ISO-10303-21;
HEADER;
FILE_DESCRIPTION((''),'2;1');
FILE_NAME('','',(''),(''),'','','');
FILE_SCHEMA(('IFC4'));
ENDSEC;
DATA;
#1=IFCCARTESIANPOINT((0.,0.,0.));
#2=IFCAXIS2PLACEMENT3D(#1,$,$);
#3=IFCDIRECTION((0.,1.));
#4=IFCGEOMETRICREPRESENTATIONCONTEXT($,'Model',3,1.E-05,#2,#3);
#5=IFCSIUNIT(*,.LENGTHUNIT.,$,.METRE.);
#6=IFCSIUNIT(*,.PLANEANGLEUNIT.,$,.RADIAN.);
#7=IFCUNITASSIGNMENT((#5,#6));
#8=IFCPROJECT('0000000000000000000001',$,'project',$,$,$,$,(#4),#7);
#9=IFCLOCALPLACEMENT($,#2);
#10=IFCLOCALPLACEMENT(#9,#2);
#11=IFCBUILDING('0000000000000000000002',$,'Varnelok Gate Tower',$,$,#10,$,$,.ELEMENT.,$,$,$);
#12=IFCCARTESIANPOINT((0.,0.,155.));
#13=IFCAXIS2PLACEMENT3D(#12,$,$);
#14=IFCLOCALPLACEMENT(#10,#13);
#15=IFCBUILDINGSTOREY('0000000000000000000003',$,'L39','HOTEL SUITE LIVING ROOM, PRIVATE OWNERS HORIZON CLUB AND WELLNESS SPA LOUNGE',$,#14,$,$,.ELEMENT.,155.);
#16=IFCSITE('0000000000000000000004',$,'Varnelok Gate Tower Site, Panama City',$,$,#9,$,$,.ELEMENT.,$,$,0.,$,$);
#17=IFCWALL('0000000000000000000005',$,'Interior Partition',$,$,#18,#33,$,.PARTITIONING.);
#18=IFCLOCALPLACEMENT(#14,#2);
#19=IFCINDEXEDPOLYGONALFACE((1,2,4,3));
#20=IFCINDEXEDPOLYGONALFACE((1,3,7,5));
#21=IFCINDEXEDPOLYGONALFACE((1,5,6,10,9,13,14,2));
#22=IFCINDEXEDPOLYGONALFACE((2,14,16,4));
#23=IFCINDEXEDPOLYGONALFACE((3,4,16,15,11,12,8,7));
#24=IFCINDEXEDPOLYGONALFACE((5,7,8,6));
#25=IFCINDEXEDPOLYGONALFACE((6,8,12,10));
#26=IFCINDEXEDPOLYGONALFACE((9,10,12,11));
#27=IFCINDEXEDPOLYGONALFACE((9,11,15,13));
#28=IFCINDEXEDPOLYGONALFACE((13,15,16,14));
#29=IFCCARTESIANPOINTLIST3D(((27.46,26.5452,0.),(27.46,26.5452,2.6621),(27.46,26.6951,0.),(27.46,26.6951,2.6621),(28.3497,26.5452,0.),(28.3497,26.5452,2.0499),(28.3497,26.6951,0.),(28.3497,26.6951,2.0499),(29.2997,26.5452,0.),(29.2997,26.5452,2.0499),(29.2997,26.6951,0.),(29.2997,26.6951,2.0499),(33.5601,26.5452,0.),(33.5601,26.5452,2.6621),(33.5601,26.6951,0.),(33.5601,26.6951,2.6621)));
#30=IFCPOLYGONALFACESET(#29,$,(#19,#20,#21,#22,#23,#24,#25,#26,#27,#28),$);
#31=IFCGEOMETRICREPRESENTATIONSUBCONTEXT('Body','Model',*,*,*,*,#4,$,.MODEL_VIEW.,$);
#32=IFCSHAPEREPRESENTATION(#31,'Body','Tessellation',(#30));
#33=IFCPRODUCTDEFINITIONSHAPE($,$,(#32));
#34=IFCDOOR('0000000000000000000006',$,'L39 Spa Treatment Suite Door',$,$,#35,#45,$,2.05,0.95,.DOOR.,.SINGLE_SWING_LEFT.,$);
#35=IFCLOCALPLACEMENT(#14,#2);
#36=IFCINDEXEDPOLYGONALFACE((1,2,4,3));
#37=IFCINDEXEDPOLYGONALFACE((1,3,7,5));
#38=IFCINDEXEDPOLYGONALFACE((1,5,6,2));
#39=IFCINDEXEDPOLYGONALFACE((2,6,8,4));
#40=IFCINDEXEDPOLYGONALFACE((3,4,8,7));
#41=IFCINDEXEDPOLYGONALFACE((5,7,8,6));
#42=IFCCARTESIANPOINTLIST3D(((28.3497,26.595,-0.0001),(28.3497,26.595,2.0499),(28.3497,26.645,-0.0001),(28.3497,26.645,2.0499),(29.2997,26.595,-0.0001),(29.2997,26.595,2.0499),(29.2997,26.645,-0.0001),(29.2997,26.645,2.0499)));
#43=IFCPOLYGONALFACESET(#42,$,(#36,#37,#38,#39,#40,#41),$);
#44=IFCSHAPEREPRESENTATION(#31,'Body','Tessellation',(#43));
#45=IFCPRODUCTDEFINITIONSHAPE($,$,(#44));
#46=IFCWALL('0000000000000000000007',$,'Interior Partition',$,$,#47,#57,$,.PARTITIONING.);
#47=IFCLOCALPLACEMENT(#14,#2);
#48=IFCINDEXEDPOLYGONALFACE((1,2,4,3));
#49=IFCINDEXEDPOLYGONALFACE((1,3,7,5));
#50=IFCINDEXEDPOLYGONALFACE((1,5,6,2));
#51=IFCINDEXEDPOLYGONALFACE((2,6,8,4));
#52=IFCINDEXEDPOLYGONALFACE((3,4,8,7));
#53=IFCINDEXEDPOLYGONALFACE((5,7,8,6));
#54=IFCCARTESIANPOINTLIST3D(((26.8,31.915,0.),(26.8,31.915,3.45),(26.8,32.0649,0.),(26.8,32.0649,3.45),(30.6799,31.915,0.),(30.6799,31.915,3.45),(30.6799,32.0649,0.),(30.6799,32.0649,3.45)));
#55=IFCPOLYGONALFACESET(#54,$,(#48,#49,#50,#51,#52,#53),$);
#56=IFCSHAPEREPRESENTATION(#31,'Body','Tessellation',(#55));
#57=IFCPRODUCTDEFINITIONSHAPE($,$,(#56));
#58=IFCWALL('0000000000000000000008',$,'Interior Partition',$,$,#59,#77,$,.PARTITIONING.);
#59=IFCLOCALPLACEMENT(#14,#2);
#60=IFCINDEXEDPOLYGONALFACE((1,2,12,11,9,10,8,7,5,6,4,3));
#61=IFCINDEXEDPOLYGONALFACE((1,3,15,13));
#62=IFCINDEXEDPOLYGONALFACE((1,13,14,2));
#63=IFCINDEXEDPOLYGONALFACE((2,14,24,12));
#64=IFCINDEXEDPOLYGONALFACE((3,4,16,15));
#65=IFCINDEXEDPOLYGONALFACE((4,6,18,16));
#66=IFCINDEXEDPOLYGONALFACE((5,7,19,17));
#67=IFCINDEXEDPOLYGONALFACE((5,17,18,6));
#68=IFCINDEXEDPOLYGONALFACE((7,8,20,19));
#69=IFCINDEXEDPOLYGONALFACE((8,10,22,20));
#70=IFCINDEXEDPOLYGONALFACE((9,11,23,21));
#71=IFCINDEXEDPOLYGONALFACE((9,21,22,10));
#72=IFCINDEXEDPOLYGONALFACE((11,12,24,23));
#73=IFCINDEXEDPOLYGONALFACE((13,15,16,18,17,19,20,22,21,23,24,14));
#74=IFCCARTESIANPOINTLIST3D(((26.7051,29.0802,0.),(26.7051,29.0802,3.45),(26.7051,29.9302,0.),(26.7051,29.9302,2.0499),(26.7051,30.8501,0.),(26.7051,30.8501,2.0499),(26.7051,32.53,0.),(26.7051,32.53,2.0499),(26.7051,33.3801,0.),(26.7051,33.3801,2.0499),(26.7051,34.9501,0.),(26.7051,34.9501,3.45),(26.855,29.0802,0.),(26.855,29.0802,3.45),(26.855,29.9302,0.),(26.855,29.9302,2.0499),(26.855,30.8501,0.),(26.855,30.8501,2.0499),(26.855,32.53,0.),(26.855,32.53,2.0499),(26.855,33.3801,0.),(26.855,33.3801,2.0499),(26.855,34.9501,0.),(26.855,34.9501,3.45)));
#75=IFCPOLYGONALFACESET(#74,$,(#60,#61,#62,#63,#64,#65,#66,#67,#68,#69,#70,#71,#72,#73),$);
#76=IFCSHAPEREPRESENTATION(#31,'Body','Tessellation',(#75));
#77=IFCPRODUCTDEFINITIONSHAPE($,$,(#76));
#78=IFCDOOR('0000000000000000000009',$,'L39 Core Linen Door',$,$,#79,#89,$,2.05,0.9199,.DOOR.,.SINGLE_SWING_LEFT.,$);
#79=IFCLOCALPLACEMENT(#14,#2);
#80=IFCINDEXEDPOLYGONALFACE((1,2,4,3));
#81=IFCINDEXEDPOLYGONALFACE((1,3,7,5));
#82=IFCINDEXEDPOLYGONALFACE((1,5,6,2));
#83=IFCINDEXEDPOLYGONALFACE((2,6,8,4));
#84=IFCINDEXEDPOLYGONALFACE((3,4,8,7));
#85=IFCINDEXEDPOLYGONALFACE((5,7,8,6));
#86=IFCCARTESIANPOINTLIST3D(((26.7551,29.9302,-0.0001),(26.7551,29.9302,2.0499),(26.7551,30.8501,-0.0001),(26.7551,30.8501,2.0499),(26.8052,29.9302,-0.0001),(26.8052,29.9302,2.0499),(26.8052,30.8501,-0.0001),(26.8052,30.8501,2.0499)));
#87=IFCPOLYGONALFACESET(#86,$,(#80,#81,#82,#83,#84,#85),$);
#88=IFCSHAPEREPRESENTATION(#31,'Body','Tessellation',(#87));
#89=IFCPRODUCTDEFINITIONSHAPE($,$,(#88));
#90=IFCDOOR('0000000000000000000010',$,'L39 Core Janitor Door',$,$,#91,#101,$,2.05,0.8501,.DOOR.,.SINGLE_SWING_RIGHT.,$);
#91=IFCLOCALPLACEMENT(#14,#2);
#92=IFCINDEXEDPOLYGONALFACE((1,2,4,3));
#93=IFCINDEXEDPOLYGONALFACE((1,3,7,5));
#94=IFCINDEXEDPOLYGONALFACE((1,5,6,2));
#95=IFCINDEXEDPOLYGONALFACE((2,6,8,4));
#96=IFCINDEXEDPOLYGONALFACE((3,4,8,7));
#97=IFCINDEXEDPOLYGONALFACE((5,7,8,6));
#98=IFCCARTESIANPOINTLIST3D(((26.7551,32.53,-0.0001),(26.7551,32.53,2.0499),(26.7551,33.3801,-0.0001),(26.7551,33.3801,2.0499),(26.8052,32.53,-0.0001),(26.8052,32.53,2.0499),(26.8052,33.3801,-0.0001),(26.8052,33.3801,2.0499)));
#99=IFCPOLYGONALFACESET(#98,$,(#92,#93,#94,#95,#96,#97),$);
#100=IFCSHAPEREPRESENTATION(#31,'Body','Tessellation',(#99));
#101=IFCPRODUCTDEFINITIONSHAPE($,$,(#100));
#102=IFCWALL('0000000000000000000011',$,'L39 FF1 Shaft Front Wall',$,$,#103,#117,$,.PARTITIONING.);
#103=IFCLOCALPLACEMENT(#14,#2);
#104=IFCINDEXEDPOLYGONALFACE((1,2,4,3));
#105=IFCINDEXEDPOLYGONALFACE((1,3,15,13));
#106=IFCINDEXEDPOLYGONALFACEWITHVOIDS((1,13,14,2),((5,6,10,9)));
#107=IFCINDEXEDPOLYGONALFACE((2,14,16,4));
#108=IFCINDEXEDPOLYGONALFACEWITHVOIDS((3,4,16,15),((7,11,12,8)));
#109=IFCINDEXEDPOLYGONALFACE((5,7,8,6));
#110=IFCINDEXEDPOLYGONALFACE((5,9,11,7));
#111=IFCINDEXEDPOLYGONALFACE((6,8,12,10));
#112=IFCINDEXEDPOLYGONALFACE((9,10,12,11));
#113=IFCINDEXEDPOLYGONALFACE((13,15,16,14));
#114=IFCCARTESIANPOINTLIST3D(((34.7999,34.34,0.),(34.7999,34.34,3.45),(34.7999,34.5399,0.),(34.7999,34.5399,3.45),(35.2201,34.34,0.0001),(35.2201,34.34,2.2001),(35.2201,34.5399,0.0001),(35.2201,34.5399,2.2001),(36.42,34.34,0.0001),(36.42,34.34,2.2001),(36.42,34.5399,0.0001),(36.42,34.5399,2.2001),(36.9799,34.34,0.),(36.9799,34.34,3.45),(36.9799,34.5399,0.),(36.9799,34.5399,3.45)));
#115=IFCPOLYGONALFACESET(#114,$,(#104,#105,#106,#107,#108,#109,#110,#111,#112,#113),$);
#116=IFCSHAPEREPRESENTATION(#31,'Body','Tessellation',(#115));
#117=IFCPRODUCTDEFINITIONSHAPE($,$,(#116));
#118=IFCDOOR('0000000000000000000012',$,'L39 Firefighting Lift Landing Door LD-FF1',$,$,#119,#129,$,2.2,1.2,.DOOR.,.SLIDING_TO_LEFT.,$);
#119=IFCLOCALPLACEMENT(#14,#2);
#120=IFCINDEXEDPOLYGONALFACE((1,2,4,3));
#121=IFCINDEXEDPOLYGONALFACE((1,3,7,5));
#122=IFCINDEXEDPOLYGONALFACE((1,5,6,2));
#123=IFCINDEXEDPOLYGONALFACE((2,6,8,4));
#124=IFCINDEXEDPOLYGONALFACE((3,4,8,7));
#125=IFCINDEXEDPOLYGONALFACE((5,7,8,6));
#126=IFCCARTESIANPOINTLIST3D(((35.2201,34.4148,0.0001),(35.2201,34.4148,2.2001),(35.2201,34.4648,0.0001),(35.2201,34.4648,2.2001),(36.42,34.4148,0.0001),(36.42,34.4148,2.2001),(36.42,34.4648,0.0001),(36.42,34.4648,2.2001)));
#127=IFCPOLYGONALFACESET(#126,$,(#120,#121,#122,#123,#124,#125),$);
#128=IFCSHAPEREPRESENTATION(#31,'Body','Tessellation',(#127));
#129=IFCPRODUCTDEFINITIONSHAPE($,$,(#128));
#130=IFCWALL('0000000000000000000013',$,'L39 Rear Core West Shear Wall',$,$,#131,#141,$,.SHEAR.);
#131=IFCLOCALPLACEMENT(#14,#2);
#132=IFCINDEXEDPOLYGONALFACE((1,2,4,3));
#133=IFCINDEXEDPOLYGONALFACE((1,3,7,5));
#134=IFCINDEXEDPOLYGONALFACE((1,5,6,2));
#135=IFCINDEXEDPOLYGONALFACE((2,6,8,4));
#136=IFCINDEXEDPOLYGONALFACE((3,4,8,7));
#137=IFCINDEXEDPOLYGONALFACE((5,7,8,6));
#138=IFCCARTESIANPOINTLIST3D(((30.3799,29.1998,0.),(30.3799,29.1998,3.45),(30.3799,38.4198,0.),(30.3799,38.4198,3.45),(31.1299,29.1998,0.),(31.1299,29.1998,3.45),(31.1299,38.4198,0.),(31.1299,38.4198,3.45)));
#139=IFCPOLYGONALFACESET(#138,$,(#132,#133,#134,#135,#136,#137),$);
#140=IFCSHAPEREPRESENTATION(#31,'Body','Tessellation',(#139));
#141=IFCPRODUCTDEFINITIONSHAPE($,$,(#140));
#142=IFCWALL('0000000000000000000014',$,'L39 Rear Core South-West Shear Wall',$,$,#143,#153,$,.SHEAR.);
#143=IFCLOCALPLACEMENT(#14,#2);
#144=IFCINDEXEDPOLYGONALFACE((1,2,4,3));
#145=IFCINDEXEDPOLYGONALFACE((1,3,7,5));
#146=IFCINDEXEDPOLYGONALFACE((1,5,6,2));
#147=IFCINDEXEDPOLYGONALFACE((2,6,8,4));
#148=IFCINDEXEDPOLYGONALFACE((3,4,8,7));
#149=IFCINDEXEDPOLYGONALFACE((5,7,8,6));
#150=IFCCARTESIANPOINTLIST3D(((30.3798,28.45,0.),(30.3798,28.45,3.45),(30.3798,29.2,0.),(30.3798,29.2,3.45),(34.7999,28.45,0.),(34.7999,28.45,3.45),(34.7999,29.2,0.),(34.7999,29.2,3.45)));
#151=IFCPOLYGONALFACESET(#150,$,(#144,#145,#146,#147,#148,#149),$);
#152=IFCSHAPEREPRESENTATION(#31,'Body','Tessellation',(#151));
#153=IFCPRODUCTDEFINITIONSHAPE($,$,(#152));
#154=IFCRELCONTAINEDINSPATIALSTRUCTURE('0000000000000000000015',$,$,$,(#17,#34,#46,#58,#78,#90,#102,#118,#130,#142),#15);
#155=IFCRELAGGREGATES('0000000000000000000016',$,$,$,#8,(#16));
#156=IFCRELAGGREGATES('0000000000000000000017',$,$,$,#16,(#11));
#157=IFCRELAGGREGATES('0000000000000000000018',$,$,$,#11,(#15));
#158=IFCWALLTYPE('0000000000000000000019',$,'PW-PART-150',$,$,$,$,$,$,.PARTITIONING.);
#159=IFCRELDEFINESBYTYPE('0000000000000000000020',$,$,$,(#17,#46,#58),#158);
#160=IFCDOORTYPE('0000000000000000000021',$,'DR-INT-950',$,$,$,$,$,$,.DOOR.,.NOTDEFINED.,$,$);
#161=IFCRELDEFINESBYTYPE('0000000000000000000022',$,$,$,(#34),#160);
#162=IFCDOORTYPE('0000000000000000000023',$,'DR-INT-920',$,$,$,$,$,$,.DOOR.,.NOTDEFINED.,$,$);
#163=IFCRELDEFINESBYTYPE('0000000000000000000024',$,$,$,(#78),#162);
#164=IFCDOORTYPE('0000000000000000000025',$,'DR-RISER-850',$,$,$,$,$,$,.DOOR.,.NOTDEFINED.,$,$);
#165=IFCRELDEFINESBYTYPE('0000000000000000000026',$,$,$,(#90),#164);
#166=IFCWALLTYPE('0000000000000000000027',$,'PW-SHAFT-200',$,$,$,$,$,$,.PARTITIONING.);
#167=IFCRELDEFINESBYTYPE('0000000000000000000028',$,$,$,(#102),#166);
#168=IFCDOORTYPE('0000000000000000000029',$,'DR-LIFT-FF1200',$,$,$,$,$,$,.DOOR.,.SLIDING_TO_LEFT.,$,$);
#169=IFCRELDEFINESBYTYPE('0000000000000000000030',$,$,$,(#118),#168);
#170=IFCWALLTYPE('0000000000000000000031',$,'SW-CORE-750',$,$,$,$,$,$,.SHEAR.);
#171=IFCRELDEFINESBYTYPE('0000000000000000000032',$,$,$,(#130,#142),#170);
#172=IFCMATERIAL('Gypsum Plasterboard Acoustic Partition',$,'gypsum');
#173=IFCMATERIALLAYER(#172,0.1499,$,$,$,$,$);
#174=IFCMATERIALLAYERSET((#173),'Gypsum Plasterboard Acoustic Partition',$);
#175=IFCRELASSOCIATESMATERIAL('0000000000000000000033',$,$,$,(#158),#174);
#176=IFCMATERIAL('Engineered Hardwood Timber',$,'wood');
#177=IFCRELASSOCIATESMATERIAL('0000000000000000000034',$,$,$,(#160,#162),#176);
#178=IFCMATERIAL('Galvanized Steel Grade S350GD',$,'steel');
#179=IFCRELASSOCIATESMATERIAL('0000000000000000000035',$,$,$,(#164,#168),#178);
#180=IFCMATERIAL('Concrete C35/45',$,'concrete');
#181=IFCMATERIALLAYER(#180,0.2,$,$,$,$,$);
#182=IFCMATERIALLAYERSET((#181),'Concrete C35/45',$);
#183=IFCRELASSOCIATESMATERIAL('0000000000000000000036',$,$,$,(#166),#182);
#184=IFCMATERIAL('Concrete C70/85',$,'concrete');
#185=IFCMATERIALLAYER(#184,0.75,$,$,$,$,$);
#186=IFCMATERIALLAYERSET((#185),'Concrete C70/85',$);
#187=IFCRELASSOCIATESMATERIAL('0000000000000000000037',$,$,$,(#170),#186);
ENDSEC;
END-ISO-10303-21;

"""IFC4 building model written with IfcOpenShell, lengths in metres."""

from ifc_helpers import new_model, si_unit, direction, frame, frame_2d, origin, place, context, subcontext, project, spatial, rectangle, extrude, material, layer, layer_set, type_object, element, fill, save


model = new_model("IFC4")

# Units and contexts
model_context = context("Model", 3, precision=1e-05, world=origin(), true_north=direction((0.0, 1.0)))
body_context = subcontext(model_context, "Body", "Model", "MODEL_VIEW")
ifc_project = project(units=[si_unit("LENGTHUNIT", "METRE"), si_unit("PLANEANGLEUNIT", "RADIAN")], contexts=[model_context])

# Site, building, storey
site_placement = place(None, origin())
site = spatial("IfcSite", under=ifc_project, at=site_placement, Name="Varnelok Gate Tower Site, Panama City", CompositionType="ELEMENT", RefElevation=0.0)
building_placement = place(site_placement, origin())
building = spatial("IfcBuilding", under=site, at=building_placement, Name="Varnelok Gate Tower", CompositionType="ELEMENT")
storey_placement = place(building_placement, frame((0.0, 0.0, 155.0)))
storey = spatial("IfcBuildingStorey", under=building, at=storey_placement, Name="L39", Description="HOTEL SUITE LIVING ROOM, PRIVATE OWNERS HORIZON CLUB AND WELLNESS SPA LOUNGE", CompositionType="ELEMENT", Elevation=155.0)

# Wall, opening, door
ifc_material_1 = material(Name="Gypsum Plasterboard Acoustic Partition", Category="gypsum")
ifc_layer_1 = layer(ifc_material_1, 0.1499)
ifc_layer_set_1 = layer_set([ifc_layer_1], Name="Gypsum Plasterboard Acoustic Partition")
wall_type_1 = type_object("IfcWallType", Name="PW-PART-150", PredefinedType="PARTITIONING", material=ifc_layer_set_1)
wall_1_placement = place(storey_placement, frame((27.46, 26.6201, 0.0), z_axis=(0.0, 0.0, 1.0), x_axis=(1.0, 0.0, 0.0)))
wall_1 = element("IfcWall", 1, at=wall_1_placement, inside=storey, type_object=wall_type_1, Name="Interior Partition", PredefinedType="PARTITIONING", context=body_context, shape_type="SweptSolid", body=[
    extrude(rectangle(XDim=6.1001, YDim=0.1499, at=frame_2d((3.05, 0.0))), origin(), (0.0, 0.0, 1.0), 2.6621),
])
opening_1_placement = place(wall_1_placement, frame((0.8896, 0.0, 0.0)))
opening_1 = element("IfcOpeningElement", 2, at=opening_1_placement, cuts=wall_1, PredefinedType="OPENING", context=body_context, shape_type="SweptSolid", body=[
    extrude(rectangle(XDim=0.95, YDim=2.05, at=frame_2d((0.4751, 1.0249))), frame((0.0, 0.085, 0.0), z_axis=(0.0, -1.0, 0.0), x_axis=(1.0, 0.0, 0.0)), (0.0, 0.0, 1.0), 0.1699),
])
ifc_material_2 = material(Name="Engineered Hardwood Timber", Category="wood")
door_type_1 = type_object("IfcDoorType", Name="DR-INT-950", OperationType="NOTDEFINED", PredefinedType="DOOR", material=ifc_material_2)
door_1_placement = place(opening_1_placement, origin())
door_1 = element("IfcDoor", 3, at=door_1_placement, inside=storey, type_object=door_type_1, Name="L39 Spa Treatment Suite Door", OperationType="SINGLE_SWING_LEFT", OverallHeight=2.05, OverallWidth=0.95, PredefinedType="DOOR", context=body_context, shape_type="SweptSolid", body=[
    extrude(rectangle(XDim=0.95, YDim=2.05, at=frame_2d((0.4751, 1.0249))), frame((0.0, 0.0249, 0.0), z_axis=(0.0, -1.0, 0.0), x_axis=(1.0, 0.0, 0.0)), (0.0, 0.0, 1.0), 0.05),
])
fill(opening_1, door_1)

# Wall
wall_2_placement = place(storey_placement, frame((26.8, 31.99, 0.0), z_axis=(0.0, 0.0, 1.0), x_axis=(1.0, 0.0, 0.0)))
element("IfcWall", 4, at=wall_2_placement, inside=storey, type_object=wall_type_1, Name="Interior Partition", PredefinedType="PARTITIONING", context=body_context, shape_type="SweptSolid", body=[
    extrude(rectangle(XDim=3.8799, YDim=0.1499, at=frame_2d((1.9399, 0.0))), origin(), (0.0, 0.0, 1.0), 3.45),
])

# Wall, openings, doors
wall_3_placement = place(storey_placement, frame((26.78, 29.0801, 0.0), z_axis=(0.0, 0.0, 1.0), x_axis=(0.0, 1.0, 0.0)))
wall_3 = element("IfcWall", 5, at=wall_3_placement, inside=storey, type_object=wall_type_1, Name="Interior Partition", PredefinedType="PARTITIONING", context=body_context, shape_type="SweptSolid", body=[
    extrude(rectangle(XDim=5.8699, YDim=0.1499, at=frame_2d((2.9351, 0.0))), origin(), (0.0, 0.0, 1.0), 3.45),
])
opening_2_placement = place(wall_3_placement, frame((0.8501, 0.0, 0.0)))
opening_2 = element("IfcOpeningElement", 6, at=opening_2_placement, cuts=wall_3, PredefinedType="OPENING", context=body_context, shape_type="SweptSolid", body=[
    extrude(rectangle(XDim=0.9199, YDim=2.05, at=frame_2d((0.46, 1.0249))), frame((0.0, 0.085, 0.0), z_axis=(0.0, -1.0, 0.0), x_axis=(1.0, 0.0, 0.0)), (0.0, 0.0, 1.0), 0.1699),
])
opening_3_placement = place(wall_3_placement, frame((3.45, 0.0, 0.0)))
opening_3 = element("IfcOpeningElement", 7, at=opening_3_placement, cuts=wall_3, PredefinedType="OPENING", context=body_context, shape_type="SweptSolid", body=[
    extrude(rectangle(XDim=0.8501, YDim=2.05, at=frame_2d((0.425, 1.0249))), frame((0.0, 0.085, 0.0), z_axis=(0.0, -1.0, 0.0), x_axis=(1.0, 0.0, 0.0)), (0.0, 0.0, 1.0), 0.1699),
])
door_type_2 = type_object("IfcDoorType", Name="DR-INT-920", OperationType="NOTDEFINED", PredefinedType="DOOR", material=ifc_material_2)
door_2_placement = place(opening_2_placement, origin())
door_2 = element("IfcDoor", 8, at=door_2_placement, inside=storey, type_object=door_type_2, Name="L39 Core Linen Door", OperationType="SINGLE_SWING_LEFT", OverallHeight=2.05, OverallWidth=0.9199, PredefinedType="DOOR", context=body_context, shape_type="SweptSolid", body=[
    extrude(rectangle(XDim=0.9199, YDim=2.05, at=frame_2d((0.46, 1.0249))), frame((0.0, 0.0249, 0.0), z_axis=(0.0, -1.0, 0.0), x_axis=(1.0, 0.0, 0.0)), (0.0, 0.0, 1.0), 0.05),
])
fill(opening_2, door_2)
ifc_material_3 = material(Name="Galvanized Steel Grade S350GD", Category="steel")
door_type_3 = type_object("IfcDoorType", Name="DR-RISER-850", OperationType="NOTDEFINED", PredefinedType="DOOR", material=ifc_material_3)
door_3_placement = place(opening_3_placement, origin())
door_3 = element("IfcDoor", 9, at=door_3_placement, inside=storey, type_object=door_type_3, Name="L39 Core Janitor Door", OperationType="SINGLE_SWING_RIGHT", OverallHeight=2.05, OverallWidth=0.8501, PredefinedType="DOOR", context=body_context, shape_type="SweptSolid", body=[
    extrude(rectangle(XDim=0.8501, YDim=2.05, at=frame_2d((0.425, 1.0249))), frame((0.0, 0.0249, 0.0), z_axis=(0.0, -1.0, 0.0), x_axis=(1.0, 0.0, 0.0)), (0.0, 0.0, 1.0), 0.05),
])
fill(opening_3, door_3)

# Wall, opening, door
ifc_material_4 = material(Name="Concrete C35/45", Category="concrete")
ifc_layer_2 = layer(ifc_material_4, 0.2)
ifc_layer_set_2 = layer_set([ifc_layer_2], Name="Concrete C35/45")
wall_type_2 = type_object("IfcWallType", Name="PW-SHAFT-200", PredefinedType="PARTITIONING", material=ifc_layer_set_2)
wall_4_placement = place(storey_placement, frame((34.8, 34.4399, 0.0), z_axis=(0.0, 0.0, 1.0), x_axis=(1.0, 0.0, 0.0)))
wall_4 = element("IfcWall", 10, at=wall_4_placement, inside=storey, type_object=wall_type_2, Name="L39 FF1 Shaft Front Wall", PredefinedType="PARTITIONING", context=body_context, shape_type="SweptSolid", body=[
    extrude(rectangle(XDim=2.1799, YDim=0.2, at=frame_2d((1.0898, 0.0))), origin(), (0.0, 0.0, 1.0), 3.45),
])
opening_4_placement = place(wall_4_placement, frame((0.4199, 0.0, 0.0)))
opening_4 = element("IfcOpeningElement", 11, at=opening_4_placement, cuts=wall_4, PredefinedType="OPENING", context=body_context, shape_type="SweptSolid", body=[
    extrude(rectangle(XDim=1.2, YDim=2.2, at=frame_2d((0.6001, 1.1001))), frame((0.0, 0.1099, 0.0), z_axis=(0.0, -1.0, 0.0), x_axis=(1.0, 0.0, 0.0)), (0.0, 0.0, 1.0), 0.22),
])
door_type_4 = type_object("IfcDoorType", Name="DR-LIFT-FF1200", OperationType="SLIDING_TO_LEFT", PredefinedType="DOOR", material=ifc_material_3)
door_4_placement = place(opening_4_placement, origin())
door_4 = element("IfcDoor", 12, at=door_4_placement, inside=storey, type_object=door_type_4, Name="L39 Firefighting Lift Landing Door LD-FF1", OperationType="SLIDING_TO_LEFT", OverallHeight=2.2, OverallWidth=1.2, PredefinedType="DOOR", context=body_context, shape_type="SweptSolid", body=[
    extrude(rectangle(XDim=1.2, YDim=2.2, at=frame_2d((0.6001, 1.1001))), frame((0.0, 0.0249, 0.0), z_axis=(0.0, -1.0, 0.0), x_axis=(1.0, 0.0, 0.0)), (0.0, 0.0, 1.0), 0.05),
])
fill(opening_4, door_4)

# Walls
ifc_material_5 = material(Name="Concrete C70/85", Category="concrete")
ifc_layer_3 = layer(ifc_material_5, 0.75)
ifc_layer_set_3 = layer_set([ifc_layer_3], Name="Concrete C70/85")
wall_type_3 = type_object("IfcWallType", Name="SW-CORE-750", PredefinedType="SHEAR", material=ifc_layer_set_3)
wall_5_placement = place(storey_placement, frame((30.7549, 29.2, 0.0), z_axis=(0.0, 0.0, 1.0), x_axis=(0.0, 1.0, 0.0)))
element("IfcWall", 13, at=wall_5_placement, inside=storey, type_object=wall_type_3, Name="L39 Rear Core West Shear Wall", PredefinedType="SHEAR", context=body_context, shape_type="SweptSolid", body=[
    extrude(rectangle(XDim=9.22, YDim=0.75, at=frame_2d((4.6099, 0.0))), origin(), (0.0, 0.0, 1.0), 3.45),
])
wall_6_placement = place(storey_placement, frame((30.3799, 28.825, 0.0), z_axis=(0.0, 0.0, 1.0), x_axis=(1.0, 0.0, 0.0)))
element("IfcWall", 14, at=wall_6_placement, inside=storey, type_object=wall_type_3, Name="L39 Rear Core South-West Shear Wall", PredefinedType="SHEAR", context=body_context, shape_type="SweptSolid", body=[
    extrude(rectangle(XDim=4.4202, YDim=0.75, at=frame_2d((2.21, 0.0))), origin(), (0.0, 0.0, 1.0), 3.45),
])

save(model, "model.ifc")
